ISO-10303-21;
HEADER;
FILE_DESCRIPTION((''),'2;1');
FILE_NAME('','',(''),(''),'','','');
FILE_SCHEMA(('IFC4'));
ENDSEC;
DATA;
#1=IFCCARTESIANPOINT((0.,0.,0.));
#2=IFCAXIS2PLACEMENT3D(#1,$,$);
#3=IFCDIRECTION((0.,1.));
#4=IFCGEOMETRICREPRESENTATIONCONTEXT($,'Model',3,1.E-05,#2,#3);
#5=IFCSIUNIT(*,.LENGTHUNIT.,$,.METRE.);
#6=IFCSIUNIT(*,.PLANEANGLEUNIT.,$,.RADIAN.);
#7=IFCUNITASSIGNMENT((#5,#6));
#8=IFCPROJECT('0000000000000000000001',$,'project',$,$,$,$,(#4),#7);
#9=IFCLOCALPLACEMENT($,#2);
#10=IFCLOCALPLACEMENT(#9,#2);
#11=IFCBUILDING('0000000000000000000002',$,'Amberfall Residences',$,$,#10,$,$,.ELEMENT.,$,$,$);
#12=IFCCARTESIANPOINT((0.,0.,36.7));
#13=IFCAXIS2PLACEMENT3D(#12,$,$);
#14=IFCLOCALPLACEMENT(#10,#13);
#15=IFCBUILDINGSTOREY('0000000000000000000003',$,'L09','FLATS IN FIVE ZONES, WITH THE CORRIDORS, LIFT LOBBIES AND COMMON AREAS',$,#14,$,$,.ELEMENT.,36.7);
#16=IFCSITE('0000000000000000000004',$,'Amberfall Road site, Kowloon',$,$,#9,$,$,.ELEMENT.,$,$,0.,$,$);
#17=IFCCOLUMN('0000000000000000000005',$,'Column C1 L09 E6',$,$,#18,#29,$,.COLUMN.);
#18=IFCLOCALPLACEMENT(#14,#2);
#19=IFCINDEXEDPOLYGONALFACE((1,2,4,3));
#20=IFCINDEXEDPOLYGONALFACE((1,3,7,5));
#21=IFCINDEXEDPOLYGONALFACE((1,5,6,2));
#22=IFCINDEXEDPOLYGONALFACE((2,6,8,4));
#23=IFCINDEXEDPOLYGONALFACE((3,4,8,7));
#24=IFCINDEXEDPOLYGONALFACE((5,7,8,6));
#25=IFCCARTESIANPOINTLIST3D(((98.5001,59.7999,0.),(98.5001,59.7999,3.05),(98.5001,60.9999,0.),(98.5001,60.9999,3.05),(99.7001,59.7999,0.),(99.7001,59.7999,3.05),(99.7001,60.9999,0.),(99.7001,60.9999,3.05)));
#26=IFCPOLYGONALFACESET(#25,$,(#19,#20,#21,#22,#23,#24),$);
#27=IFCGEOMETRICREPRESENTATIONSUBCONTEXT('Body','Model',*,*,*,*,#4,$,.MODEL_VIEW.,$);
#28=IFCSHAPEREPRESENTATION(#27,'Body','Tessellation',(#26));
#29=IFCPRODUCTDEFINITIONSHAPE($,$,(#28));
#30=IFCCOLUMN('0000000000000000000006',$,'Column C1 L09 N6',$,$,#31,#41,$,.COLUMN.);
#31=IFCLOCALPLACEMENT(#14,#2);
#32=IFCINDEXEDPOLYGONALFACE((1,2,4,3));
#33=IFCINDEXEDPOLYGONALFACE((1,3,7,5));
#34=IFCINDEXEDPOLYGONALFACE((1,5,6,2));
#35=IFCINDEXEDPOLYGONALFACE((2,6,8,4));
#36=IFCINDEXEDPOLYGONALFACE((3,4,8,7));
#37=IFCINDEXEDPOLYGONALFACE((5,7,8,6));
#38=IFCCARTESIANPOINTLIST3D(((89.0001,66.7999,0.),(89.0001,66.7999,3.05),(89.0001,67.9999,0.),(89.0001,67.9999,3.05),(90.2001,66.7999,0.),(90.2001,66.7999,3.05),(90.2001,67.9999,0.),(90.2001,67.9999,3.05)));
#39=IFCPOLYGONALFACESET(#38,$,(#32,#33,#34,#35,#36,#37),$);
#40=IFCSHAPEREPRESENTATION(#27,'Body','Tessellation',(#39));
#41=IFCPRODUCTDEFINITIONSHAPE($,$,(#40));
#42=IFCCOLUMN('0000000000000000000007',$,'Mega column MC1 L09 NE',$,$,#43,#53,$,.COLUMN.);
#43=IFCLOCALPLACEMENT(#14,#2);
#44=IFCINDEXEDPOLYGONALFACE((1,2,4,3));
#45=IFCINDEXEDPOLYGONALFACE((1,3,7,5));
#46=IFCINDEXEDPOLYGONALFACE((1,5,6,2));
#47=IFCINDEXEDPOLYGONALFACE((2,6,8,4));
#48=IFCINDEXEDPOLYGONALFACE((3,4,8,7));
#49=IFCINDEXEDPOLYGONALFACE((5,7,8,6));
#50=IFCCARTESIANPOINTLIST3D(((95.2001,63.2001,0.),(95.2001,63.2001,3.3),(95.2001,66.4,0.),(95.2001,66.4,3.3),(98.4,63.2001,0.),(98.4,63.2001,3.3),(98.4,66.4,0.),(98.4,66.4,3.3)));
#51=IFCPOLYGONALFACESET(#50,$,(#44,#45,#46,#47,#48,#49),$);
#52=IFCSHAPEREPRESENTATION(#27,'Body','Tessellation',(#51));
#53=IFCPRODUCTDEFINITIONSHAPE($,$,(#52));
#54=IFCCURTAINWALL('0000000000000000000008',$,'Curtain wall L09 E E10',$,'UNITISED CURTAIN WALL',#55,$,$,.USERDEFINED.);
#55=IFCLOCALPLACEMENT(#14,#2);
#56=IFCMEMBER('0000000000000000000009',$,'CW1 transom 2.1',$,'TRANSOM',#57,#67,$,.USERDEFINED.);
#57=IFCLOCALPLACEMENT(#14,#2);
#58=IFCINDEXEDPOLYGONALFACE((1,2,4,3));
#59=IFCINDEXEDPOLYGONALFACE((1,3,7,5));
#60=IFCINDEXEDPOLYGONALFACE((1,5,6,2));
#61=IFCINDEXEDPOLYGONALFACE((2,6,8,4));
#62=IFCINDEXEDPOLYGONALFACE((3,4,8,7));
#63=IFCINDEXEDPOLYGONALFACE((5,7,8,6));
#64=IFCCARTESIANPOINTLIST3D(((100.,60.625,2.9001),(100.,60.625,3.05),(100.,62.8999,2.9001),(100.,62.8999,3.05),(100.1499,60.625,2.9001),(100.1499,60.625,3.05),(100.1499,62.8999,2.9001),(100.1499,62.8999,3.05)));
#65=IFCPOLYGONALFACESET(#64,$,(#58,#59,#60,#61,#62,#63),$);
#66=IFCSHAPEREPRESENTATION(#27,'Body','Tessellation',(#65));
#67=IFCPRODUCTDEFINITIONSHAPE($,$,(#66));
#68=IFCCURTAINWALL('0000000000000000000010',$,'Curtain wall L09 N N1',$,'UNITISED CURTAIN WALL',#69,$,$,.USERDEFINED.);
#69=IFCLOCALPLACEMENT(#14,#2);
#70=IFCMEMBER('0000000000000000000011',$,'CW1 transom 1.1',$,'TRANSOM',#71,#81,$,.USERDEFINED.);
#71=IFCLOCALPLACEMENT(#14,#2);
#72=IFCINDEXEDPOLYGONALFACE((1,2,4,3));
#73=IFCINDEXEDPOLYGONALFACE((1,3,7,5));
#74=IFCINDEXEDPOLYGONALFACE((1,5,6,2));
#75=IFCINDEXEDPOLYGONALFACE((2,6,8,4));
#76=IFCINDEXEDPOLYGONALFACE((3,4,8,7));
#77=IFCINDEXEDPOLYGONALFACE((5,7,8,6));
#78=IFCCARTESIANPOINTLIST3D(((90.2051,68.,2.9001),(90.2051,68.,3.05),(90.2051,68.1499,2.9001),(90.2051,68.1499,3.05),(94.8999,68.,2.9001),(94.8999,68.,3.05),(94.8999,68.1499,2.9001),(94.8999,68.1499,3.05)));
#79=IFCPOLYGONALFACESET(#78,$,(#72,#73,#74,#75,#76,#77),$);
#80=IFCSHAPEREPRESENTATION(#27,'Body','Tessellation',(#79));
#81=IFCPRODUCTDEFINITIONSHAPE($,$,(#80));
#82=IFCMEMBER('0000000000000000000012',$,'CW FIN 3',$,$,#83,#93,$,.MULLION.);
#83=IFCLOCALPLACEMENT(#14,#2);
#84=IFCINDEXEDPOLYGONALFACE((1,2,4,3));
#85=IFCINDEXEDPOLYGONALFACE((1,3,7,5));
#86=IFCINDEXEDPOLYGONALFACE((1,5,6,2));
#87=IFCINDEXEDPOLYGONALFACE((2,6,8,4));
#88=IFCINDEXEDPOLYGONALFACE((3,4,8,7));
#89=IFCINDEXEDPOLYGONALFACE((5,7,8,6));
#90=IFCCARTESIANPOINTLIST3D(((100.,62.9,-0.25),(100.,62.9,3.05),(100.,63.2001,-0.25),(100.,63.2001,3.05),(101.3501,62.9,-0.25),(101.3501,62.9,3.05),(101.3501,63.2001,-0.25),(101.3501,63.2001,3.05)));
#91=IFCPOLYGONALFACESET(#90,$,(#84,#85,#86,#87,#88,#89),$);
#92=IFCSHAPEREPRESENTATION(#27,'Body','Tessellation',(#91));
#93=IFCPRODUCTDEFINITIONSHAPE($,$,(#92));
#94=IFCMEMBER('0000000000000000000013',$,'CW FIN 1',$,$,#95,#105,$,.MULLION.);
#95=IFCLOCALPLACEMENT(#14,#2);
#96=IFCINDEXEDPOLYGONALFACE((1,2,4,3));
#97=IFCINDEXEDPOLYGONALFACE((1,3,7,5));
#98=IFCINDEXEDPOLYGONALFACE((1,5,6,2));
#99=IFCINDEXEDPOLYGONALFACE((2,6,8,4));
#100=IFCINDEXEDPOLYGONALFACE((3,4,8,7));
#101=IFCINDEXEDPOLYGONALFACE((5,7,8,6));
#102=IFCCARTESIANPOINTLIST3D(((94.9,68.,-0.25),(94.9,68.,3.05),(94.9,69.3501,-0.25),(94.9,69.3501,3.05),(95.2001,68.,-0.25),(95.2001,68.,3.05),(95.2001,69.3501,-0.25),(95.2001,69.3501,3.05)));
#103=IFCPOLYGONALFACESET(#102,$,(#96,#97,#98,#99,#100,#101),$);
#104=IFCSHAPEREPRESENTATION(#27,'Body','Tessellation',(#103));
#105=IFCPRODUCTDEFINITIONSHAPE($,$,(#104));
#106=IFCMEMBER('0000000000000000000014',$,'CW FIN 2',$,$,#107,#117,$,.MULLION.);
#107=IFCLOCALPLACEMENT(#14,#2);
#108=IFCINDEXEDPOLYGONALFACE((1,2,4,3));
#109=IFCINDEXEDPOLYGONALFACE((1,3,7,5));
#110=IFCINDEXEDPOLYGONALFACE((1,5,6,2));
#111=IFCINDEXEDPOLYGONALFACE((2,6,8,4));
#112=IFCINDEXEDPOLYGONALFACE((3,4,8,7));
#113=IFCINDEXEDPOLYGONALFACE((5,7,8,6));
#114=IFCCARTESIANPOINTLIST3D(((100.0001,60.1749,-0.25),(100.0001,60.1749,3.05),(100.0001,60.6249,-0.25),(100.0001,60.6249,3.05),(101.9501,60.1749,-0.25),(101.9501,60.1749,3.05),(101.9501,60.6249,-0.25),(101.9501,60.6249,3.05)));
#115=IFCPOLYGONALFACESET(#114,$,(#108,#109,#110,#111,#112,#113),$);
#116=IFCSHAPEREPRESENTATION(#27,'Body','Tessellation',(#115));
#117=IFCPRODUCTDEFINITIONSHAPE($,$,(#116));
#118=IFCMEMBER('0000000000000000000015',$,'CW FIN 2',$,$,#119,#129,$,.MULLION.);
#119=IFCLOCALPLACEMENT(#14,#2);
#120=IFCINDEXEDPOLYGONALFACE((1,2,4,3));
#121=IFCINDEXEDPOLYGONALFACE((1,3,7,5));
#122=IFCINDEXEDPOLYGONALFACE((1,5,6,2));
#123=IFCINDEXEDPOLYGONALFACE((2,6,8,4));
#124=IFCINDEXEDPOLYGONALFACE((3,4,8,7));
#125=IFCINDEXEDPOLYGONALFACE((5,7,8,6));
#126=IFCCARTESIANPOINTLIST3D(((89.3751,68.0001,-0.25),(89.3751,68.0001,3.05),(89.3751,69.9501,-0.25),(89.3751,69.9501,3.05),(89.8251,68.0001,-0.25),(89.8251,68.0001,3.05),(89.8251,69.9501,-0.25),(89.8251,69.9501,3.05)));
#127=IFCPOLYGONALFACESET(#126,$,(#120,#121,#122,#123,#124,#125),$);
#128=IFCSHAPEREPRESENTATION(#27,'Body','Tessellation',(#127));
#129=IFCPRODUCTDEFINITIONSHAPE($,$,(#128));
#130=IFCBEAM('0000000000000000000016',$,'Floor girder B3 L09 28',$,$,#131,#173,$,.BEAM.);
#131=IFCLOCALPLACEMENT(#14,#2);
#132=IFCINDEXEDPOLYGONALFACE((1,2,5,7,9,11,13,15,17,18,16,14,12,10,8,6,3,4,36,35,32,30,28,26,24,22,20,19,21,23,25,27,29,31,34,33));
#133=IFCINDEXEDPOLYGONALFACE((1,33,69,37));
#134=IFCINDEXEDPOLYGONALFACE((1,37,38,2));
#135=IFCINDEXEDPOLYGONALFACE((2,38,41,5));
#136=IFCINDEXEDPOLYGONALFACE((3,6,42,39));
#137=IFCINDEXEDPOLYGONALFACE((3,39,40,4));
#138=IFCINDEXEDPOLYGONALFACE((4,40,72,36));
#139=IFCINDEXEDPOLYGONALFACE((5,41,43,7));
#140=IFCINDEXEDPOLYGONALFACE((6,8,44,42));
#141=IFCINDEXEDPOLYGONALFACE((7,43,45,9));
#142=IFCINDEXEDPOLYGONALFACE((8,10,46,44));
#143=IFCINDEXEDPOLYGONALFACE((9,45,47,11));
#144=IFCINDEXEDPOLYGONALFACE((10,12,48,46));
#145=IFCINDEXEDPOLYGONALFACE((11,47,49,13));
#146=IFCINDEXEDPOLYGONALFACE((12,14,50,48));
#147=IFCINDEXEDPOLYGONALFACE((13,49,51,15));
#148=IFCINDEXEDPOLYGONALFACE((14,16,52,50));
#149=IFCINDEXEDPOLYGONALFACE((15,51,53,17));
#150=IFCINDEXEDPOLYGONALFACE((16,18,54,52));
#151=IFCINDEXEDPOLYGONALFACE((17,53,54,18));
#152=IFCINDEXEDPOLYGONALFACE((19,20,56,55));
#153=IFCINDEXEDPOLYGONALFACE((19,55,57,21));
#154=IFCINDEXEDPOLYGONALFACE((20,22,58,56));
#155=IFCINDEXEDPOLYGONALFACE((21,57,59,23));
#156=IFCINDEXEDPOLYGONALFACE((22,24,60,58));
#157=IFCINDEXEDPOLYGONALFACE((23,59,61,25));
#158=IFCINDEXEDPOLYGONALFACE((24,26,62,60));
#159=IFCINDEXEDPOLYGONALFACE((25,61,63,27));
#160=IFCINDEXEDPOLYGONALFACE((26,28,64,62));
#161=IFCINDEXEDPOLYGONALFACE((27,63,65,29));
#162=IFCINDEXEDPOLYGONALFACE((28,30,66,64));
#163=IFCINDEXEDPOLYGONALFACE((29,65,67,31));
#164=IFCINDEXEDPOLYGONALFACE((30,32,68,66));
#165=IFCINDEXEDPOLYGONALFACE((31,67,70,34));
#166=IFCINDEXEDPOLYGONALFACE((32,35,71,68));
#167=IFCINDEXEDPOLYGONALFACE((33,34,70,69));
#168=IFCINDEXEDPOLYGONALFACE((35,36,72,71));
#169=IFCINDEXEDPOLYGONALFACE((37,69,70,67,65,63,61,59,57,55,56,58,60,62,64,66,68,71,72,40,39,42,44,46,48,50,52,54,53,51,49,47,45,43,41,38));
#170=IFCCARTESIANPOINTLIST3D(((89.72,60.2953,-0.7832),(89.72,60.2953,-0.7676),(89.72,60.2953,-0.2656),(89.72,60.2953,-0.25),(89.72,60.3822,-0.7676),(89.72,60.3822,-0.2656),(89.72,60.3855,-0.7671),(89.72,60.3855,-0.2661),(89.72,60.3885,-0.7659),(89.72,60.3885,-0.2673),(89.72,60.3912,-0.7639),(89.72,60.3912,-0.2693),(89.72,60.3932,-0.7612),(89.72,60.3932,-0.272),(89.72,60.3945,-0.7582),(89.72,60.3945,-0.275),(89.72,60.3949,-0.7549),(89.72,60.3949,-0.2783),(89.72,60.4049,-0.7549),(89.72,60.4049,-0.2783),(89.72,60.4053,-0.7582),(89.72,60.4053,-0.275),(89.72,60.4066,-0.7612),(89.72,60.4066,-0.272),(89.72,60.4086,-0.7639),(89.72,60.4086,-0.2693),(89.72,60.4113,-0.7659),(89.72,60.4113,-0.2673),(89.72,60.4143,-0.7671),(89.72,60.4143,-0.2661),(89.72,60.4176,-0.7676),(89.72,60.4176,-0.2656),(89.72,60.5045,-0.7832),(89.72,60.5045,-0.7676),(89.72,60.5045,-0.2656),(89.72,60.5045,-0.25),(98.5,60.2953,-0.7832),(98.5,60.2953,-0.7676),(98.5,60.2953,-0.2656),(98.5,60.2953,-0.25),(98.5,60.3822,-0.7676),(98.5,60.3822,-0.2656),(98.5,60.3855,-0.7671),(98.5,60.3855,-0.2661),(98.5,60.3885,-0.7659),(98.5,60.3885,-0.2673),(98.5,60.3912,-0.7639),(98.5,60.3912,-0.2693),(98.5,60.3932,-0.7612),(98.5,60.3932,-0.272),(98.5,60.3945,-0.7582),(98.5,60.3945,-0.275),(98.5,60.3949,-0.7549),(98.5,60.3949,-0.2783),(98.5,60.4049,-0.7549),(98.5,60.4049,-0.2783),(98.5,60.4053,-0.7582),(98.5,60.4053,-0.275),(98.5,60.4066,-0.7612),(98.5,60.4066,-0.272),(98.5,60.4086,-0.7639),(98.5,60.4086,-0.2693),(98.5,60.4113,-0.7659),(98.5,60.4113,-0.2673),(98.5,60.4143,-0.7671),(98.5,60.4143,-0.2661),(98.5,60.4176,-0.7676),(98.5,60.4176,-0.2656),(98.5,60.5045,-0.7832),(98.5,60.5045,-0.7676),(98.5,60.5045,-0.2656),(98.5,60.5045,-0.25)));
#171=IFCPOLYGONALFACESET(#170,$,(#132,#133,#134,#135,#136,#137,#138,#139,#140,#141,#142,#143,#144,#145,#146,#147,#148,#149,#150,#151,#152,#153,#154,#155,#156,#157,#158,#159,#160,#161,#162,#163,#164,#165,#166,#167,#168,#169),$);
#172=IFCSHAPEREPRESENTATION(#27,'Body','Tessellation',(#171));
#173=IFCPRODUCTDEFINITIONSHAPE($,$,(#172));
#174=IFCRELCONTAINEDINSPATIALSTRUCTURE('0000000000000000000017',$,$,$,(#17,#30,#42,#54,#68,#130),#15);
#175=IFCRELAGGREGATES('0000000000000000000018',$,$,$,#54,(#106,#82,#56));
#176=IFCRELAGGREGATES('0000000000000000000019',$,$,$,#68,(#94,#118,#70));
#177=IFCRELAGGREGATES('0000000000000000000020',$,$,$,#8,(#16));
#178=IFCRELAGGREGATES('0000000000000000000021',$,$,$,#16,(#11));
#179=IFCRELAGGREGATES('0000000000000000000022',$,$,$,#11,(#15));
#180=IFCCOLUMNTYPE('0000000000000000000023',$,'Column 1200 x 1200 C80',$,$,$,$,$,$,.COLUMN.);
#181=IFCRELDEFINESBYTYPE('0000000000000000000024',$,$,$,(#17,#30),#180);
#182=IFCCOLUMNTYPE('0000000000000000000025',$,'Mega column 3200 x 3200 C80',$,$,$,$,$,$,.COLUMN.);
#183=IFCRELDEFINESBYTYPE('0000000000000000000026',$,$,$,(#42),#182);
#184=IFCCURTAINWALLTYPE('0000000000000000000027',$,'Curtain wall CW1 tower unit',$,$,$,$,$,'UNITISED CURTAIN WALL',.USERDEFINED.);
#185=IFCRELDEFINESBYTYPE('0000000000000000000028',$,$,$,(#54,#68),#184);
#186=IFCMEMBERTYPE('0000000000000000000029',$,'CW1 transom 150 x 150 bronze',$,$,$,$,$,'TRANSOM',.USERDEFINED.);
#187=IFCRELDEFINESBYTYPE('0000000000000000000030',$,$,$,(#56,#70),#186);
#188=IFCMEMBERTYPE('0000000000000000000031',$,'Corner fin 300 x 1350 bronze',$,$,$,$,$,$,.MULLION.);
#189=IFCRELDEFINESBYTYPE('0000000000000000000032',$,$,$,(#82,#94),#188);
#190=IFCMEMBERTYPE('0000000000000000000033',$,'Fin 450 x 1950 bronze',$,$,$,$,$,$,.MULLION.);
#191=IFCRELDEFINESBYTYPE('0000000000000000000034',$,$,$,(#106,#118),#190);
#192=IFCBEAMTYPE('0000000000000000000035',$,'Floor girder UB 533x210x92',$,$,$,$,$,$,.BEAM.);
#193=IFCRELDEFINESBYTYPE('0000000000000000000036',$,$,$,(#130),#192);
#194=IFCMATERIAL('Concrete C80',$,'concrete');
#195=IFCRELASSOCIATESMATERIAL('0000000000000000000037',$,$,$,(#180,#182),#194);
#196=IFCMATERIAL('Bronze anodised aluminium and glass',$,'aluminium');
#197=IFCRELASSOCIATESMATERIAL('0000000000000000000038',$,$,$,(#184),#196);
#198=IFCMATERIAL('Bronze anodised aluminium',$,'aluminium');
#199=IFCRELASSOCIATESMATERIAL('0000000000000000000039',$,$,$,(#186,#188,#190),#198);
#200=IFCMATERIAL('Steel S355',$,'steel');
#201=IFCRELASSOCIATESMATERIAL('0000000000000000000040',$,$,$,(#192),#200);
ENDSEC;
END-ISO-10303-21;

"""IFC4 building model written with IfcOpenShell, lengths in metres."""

from ifc_helpers import new_model, si_unit, direction, frame, origin, origin_2d, place, context, subcontext, project, spatial, rectangle, i_section, extrude, material, material_profile, profile_set, type_object, element, aggregate, save


model = new_model("IFC4")

# Units and contexts
model_context = context("Model", 3, precision=1e-05, world=origin(), true_north=direction((0.0, 1.0)))
body_context = subcontext(model_context, "Body", "Model", "MODEL_VIEW")
ifc_project = project(units=[si_unit("LENGTHUNIT", "METRE"), si_unit("PLANEANGLEUNIT", "RADIAN")], contexts=[model_context])

# Site, building, storey
site_placement = place(None, origin())
site = spatial("IfcSite", under=ifc_project, at=site_placement, Name="Amberfall Road site, Kowloon", CompositionType="ELEMENT", RefElevation=0.0)
building_placement = place(site_placement, origin())
building = spatial("IfcBuilding", under=site, at=building_placement, Name="Amberfall Residences", CompositionType="ELEMENT")
storey_placement = place(building_placement, frame((0.0, 0.0, 36.7)))
storey = spatial("IfcBuildingStorey", under=building, at=storey_placement, Name="L09", Description="FLATS IN FIVE ZONES, WITH THE CORRIDORS, LIFT LOBBIES AND COMMON AREAS", CompositionType="ELEMENT", Elevation=36.7)

# Columns
ifc_material_1 = material(Name="Concrete C80", Category="concrete")
ifc_material_profile_1 = material_profile(ifc_material_1, rectangle(XDim=1.2, YDim=1.2, at=origin_2d()), Name="Column 1200 x 1200 C80")
ifc_profile_set_1 = profile_set([ifc_material_profile_1], Name="Concrete C80")
column_type_1 = type_object("IfcColumnType", Name="Column 1200 x 1200 C80", PredefinedType="COLUMN", material=ifc_profile_set_1)
for number, where, z_axis, x_axis, name in (
    (1, (99.1001, 60.3999, 0.0), (0.0, 0.0, 1.0), (1.0, 0.0, 0.0), "Column C1 L09 E6"),
    (2, (89.6001, 67.3999, 0.0), (0.0, 0.0, 1.0), (1.0, 0.0, 0.0), "Column C1 L09 N6"),
):
    element("IfcColumn", number, at=place(storey_placement, frame(where, z_axis=z_axis, x_axis=x_axis)), inside=storey, type_object=column_type_1, Name=name, PredefinedType="COLUMN", context=body_context, shape_type="SweptSolid", body=[
        extrude(rectangle(XDim=1.2, YDim=1.2, at=origin_2d()), origin(), (0.0, 0.0, 1.0), 3.05),
    ])
ifc_material_profile_2 = material_profile(ifc_material_1, rectangle(XDim=3.2, YDim=3.2, at=origin_2d()), Name="Mega column 3200 x 3200 C80")
ifc_profile_set_2 = profile_set([ifc_material_profile_2], Name="Concrete C80")
column_type_2 = type_object("IfcColumnType", Name="Mega column 3200 x 3200 C80", PredefinedType="COLUMN", material=ifc_profile_set_2)
column_placement = place(storey_placement, frame((96.8, 64.8, 0.0), z_axis=(0.0, 0.0, 1.0), x_axis=(1.0, 0.0, 0.0)))
element("IfcColumn", 3, at=column_placement, inside=storey, type_object=column_type_2, Name="Mega column MC1 L09 NE", PredefinedType="COLUMN", context=body_context, shape_type="SweptSolid", body=[
    extrude(rectangle(XDim=3.2, YDim=3.2, at=origin_2d()), origin(), (0.0, 0.0, 1.0), 3.3),
])

# Curtain walls, members
ifc_material_2 = material(Name="Bronze anodised aluminium and glass", Category="aluminium")
curtain_wall_type = type_object("IfcCurtainWallType", Name="Curtain wall CW1 tower unit", ElementType="UNITISED CURTAIN WALL", PredefinedType="USERDEFINED", material=ifc_material_2)
curtain_wall_1_placement = place(storey_placement, origin())
curtain_wall_1 = element("IfcCurtainWall", 4, at=curtain_wall_1_placement, inside=storey, type_object=curtain_wall_type, Name="Curtain wall L09 E E10", ObjectType="UNITISED CURTAIN WALL", PredefinedType="USERDEFINED")
ifc_material_3 = material(Name="Bronze anodised aluminium", Category="aluminium")
ifc_material_profile_3 = material_profile(ifc_material_3, rectangle(XDim=0.1499, YDim=0.1499, at=origin_2d()), Name="CW1 transom 150 x 150 bronze")
ifc_profile_set_3 = profile_set([ifc_material_profile_3], Name="Bronze anodised aluminium")
member_type_1 = type_object("IfcMemberType", Name="CW1 transom 150 x 150 bronze", ElementType="TRANSOM", PredefinedType="USERDEFINED", material=ifc_profile_set_3)
member_1_placement = place(storey_placement, frame((100.075, 60.625, 2.9751), z_axis=(0.0, 1.0, 0.0), x_axis=(-1.0, 0.0, 0.0)))
member_1 = element("IfcMember", 5, at=member_1_placement, type_object=member_type_1, Name="CW1 transom 2.1", ObjectType="TRANSOM", PredefinedType="USERDEFINED", context=body_context, shape_type="SweptSolid", body=[
    extrude(rectangle(XDim=0.1499, YDim=0.1499, at=origin_2d()), origin(), (0.0, 0.0, 1.0), 2.2749),
])
curtain_wall_2_placement = place(storey_placement, origin())
curtain_wall_2 = element("IfcCurtainWall", 6, at=curtain_wall_2_placement, inside=storey, type_object=curtain_wall_type, Name="Curtain wall L09 N N1", ObjectType="UNITISED CURTAIN WALL", PredefinedType="USERDEFINED")
member_2_placement = place(storey_placement, frame((94.8999, 68.075, 2.9751), z_axis=(-1.0, 0.0, 0.0), x_axis=(0.0, -1.0, 0.0)))
member_2 = element("IfcMember", 7, at=member_2_placement, type_object=member_type_1, Name="CW1 transom 1.1", ObjectType="TRANSOM", PredefinedType="USERDEFINED", context=body_context, shape_type="SweptSolid", body=[
    extrude(rectangle(XDim=0.1499, YDim=0.1499, at=origin_2d()), origin(), (0.0, 0.0, 1.0), 4.6948),
])

# Members
ifc_material_profile_4 = material_profile(ifc_material_3, rectangle(XDim=1.3501, YDim=0.3, at=origin_2d()), Name="Corner fin 300 x 1350 bronze")
ifc_profile_set_4 = profile_set([ifc_material_profile_4], Name="Bronze anodised aluminium")
member_type_2 = type_object("IfcMemberType", Name="Corner fin 300 x 1350 bronze", PredefinedType="MULLION", material=ifc_profile_set_4)
member_3_placement = place(storey_placement, frame((100.675, 63.05, -0.25), z_axis=(0.0, 0.0, 1.0), x_axis=(-1.0, 0.0, 0.0)))
member_3 = element("IfcMember", 8, at=member_3_placement, type_object=member_type_2, Name="CW FIN 3", PredefinedType="MULLION", context=body_context, shape_type="SweptSolid", body=[
    extrude(rectangle(XDim=1.3501, YDim=0.3, at=origin_2d()), origin(), (0.0, 0.0, 1.0), 3.3),
])
member_4_placement = place(storey_placement, frame((95.05, 68.675, -0.25), z_axis=(0.0, 0.0, 1.0), x_axis=(0.0, -1.0, 0.0)))
member_4 = element("IfcMember", 9, at=member_4_placement, type_object=member_type_2, Name="CW FIN 1", PredefinedType="MULLION", context=body_context, shape_type="SweptSolid", body=[
    extrude(rectangle(XDim=1.3501, YDim=0.3, at=origin_2d()), origin(), (0.0, 0.0, 1.0), 3.3),
])
ifc_material_profile_5 = material_profile(ifc_material_3, rectangle(XDim=1.95, YDim=0.45, at=origin_2d()), Name="Fin 450 x 1950 bronze")
ifc_profile_set_5 = profile_set([ifc_material_profile_5], Name="Bronze anodised aluminium")
member_type_3 = type_object("IfcMemberType", Name="Fin 450 x 1950 bronze", PredefinedType="MULLION", material=ifc_profile_set_5)
member_5_placement = place(storey_placement, frame((100.9751, 60.3999, -0.25), z_axis=(0.0, 0.0, 1.0), x_axis=(-1.0, 0.0, 0.0)))
member_5 = element("IfcMember", 10, at=member_5_placement, type_object=member_type_3, Name="CW FIN 2", PredefinedType="MULLION", context=body_context, shape_type="SweptSolid", body=[
    extrude(rectangle(XDim=1.95, YDim=0.45, at=origin_2d()), origin(), (0.0, 0.0, 1.0), 3.3),
])
member_6_placement = place(storey_placement, frame((89.6001, 68.9751, -0.25), z_axis=(0.0, 0.0, 1.0), x_axis=(0.0, -1.0, 0.0)))
member_6 = element("IfcMember", 11, at=member_6_placement, type_object=member_type_3, Name="CW FIN 2", PredefinedType="MULLION", context=body_context, shape_type="SweptSolid", body=[
    extrude(rectangle(XDim=1.95, YDim=0.45, at=origin_2d()), origin(), (0.0, 0.0, 1.0), 3.3),
])

# Beam
ifc_material_4 = material(Name="Steel S355", Category="steel")
ifc_material_profile_6 = material_profile(ifc_material_4, i_section(OverallWidth=0.2092, OverallDepth=0.5332, WebThickness=0.01, FlangeThickness=0.0156, FilletRadius=0.0127, at=origin_2d()), Name="UB 533x210x92")
ifc_profile_set_6 = profile_set([ifc_material_profile_6], Name="Steel S355")
beam_type_1 = type_object("IfcBeamType", Name="Floor girder UB 533x210x92", PredefinedType="BEAM", material=ifc_profile_set_6)
beam_1_placement = place(storey_placement, frame((98.5, 60.3999, -0.5166), z_axis=(-1.0, 0.0, 0.0), x_axis=(0.0, -1.0, 0.0)))
element("IfcBeam", 12, at=beam_1_placement, inside=storey, type_object=beam_type_1, Name="Floor girder B3 L09 28", PredefinedType="BEAM", context=body_context, shape_type="SweptSolid", body=[
    extrude(i_section(OverallWidth=0.2092, OverallDepth=0.5332, WebThickness=0.01, FlangeThickness=0.0156, FilletRadius=0.0127, at=origin_2d()), origin(), (0.0, 0.0, 1.0), 8.78),
])

aggregate(curtain_wall_1, [member_5, member_3, member_1])
aggregate(curtain_wall_2, [member_4, member_6, member_2])

save(model, "model.ifc")
